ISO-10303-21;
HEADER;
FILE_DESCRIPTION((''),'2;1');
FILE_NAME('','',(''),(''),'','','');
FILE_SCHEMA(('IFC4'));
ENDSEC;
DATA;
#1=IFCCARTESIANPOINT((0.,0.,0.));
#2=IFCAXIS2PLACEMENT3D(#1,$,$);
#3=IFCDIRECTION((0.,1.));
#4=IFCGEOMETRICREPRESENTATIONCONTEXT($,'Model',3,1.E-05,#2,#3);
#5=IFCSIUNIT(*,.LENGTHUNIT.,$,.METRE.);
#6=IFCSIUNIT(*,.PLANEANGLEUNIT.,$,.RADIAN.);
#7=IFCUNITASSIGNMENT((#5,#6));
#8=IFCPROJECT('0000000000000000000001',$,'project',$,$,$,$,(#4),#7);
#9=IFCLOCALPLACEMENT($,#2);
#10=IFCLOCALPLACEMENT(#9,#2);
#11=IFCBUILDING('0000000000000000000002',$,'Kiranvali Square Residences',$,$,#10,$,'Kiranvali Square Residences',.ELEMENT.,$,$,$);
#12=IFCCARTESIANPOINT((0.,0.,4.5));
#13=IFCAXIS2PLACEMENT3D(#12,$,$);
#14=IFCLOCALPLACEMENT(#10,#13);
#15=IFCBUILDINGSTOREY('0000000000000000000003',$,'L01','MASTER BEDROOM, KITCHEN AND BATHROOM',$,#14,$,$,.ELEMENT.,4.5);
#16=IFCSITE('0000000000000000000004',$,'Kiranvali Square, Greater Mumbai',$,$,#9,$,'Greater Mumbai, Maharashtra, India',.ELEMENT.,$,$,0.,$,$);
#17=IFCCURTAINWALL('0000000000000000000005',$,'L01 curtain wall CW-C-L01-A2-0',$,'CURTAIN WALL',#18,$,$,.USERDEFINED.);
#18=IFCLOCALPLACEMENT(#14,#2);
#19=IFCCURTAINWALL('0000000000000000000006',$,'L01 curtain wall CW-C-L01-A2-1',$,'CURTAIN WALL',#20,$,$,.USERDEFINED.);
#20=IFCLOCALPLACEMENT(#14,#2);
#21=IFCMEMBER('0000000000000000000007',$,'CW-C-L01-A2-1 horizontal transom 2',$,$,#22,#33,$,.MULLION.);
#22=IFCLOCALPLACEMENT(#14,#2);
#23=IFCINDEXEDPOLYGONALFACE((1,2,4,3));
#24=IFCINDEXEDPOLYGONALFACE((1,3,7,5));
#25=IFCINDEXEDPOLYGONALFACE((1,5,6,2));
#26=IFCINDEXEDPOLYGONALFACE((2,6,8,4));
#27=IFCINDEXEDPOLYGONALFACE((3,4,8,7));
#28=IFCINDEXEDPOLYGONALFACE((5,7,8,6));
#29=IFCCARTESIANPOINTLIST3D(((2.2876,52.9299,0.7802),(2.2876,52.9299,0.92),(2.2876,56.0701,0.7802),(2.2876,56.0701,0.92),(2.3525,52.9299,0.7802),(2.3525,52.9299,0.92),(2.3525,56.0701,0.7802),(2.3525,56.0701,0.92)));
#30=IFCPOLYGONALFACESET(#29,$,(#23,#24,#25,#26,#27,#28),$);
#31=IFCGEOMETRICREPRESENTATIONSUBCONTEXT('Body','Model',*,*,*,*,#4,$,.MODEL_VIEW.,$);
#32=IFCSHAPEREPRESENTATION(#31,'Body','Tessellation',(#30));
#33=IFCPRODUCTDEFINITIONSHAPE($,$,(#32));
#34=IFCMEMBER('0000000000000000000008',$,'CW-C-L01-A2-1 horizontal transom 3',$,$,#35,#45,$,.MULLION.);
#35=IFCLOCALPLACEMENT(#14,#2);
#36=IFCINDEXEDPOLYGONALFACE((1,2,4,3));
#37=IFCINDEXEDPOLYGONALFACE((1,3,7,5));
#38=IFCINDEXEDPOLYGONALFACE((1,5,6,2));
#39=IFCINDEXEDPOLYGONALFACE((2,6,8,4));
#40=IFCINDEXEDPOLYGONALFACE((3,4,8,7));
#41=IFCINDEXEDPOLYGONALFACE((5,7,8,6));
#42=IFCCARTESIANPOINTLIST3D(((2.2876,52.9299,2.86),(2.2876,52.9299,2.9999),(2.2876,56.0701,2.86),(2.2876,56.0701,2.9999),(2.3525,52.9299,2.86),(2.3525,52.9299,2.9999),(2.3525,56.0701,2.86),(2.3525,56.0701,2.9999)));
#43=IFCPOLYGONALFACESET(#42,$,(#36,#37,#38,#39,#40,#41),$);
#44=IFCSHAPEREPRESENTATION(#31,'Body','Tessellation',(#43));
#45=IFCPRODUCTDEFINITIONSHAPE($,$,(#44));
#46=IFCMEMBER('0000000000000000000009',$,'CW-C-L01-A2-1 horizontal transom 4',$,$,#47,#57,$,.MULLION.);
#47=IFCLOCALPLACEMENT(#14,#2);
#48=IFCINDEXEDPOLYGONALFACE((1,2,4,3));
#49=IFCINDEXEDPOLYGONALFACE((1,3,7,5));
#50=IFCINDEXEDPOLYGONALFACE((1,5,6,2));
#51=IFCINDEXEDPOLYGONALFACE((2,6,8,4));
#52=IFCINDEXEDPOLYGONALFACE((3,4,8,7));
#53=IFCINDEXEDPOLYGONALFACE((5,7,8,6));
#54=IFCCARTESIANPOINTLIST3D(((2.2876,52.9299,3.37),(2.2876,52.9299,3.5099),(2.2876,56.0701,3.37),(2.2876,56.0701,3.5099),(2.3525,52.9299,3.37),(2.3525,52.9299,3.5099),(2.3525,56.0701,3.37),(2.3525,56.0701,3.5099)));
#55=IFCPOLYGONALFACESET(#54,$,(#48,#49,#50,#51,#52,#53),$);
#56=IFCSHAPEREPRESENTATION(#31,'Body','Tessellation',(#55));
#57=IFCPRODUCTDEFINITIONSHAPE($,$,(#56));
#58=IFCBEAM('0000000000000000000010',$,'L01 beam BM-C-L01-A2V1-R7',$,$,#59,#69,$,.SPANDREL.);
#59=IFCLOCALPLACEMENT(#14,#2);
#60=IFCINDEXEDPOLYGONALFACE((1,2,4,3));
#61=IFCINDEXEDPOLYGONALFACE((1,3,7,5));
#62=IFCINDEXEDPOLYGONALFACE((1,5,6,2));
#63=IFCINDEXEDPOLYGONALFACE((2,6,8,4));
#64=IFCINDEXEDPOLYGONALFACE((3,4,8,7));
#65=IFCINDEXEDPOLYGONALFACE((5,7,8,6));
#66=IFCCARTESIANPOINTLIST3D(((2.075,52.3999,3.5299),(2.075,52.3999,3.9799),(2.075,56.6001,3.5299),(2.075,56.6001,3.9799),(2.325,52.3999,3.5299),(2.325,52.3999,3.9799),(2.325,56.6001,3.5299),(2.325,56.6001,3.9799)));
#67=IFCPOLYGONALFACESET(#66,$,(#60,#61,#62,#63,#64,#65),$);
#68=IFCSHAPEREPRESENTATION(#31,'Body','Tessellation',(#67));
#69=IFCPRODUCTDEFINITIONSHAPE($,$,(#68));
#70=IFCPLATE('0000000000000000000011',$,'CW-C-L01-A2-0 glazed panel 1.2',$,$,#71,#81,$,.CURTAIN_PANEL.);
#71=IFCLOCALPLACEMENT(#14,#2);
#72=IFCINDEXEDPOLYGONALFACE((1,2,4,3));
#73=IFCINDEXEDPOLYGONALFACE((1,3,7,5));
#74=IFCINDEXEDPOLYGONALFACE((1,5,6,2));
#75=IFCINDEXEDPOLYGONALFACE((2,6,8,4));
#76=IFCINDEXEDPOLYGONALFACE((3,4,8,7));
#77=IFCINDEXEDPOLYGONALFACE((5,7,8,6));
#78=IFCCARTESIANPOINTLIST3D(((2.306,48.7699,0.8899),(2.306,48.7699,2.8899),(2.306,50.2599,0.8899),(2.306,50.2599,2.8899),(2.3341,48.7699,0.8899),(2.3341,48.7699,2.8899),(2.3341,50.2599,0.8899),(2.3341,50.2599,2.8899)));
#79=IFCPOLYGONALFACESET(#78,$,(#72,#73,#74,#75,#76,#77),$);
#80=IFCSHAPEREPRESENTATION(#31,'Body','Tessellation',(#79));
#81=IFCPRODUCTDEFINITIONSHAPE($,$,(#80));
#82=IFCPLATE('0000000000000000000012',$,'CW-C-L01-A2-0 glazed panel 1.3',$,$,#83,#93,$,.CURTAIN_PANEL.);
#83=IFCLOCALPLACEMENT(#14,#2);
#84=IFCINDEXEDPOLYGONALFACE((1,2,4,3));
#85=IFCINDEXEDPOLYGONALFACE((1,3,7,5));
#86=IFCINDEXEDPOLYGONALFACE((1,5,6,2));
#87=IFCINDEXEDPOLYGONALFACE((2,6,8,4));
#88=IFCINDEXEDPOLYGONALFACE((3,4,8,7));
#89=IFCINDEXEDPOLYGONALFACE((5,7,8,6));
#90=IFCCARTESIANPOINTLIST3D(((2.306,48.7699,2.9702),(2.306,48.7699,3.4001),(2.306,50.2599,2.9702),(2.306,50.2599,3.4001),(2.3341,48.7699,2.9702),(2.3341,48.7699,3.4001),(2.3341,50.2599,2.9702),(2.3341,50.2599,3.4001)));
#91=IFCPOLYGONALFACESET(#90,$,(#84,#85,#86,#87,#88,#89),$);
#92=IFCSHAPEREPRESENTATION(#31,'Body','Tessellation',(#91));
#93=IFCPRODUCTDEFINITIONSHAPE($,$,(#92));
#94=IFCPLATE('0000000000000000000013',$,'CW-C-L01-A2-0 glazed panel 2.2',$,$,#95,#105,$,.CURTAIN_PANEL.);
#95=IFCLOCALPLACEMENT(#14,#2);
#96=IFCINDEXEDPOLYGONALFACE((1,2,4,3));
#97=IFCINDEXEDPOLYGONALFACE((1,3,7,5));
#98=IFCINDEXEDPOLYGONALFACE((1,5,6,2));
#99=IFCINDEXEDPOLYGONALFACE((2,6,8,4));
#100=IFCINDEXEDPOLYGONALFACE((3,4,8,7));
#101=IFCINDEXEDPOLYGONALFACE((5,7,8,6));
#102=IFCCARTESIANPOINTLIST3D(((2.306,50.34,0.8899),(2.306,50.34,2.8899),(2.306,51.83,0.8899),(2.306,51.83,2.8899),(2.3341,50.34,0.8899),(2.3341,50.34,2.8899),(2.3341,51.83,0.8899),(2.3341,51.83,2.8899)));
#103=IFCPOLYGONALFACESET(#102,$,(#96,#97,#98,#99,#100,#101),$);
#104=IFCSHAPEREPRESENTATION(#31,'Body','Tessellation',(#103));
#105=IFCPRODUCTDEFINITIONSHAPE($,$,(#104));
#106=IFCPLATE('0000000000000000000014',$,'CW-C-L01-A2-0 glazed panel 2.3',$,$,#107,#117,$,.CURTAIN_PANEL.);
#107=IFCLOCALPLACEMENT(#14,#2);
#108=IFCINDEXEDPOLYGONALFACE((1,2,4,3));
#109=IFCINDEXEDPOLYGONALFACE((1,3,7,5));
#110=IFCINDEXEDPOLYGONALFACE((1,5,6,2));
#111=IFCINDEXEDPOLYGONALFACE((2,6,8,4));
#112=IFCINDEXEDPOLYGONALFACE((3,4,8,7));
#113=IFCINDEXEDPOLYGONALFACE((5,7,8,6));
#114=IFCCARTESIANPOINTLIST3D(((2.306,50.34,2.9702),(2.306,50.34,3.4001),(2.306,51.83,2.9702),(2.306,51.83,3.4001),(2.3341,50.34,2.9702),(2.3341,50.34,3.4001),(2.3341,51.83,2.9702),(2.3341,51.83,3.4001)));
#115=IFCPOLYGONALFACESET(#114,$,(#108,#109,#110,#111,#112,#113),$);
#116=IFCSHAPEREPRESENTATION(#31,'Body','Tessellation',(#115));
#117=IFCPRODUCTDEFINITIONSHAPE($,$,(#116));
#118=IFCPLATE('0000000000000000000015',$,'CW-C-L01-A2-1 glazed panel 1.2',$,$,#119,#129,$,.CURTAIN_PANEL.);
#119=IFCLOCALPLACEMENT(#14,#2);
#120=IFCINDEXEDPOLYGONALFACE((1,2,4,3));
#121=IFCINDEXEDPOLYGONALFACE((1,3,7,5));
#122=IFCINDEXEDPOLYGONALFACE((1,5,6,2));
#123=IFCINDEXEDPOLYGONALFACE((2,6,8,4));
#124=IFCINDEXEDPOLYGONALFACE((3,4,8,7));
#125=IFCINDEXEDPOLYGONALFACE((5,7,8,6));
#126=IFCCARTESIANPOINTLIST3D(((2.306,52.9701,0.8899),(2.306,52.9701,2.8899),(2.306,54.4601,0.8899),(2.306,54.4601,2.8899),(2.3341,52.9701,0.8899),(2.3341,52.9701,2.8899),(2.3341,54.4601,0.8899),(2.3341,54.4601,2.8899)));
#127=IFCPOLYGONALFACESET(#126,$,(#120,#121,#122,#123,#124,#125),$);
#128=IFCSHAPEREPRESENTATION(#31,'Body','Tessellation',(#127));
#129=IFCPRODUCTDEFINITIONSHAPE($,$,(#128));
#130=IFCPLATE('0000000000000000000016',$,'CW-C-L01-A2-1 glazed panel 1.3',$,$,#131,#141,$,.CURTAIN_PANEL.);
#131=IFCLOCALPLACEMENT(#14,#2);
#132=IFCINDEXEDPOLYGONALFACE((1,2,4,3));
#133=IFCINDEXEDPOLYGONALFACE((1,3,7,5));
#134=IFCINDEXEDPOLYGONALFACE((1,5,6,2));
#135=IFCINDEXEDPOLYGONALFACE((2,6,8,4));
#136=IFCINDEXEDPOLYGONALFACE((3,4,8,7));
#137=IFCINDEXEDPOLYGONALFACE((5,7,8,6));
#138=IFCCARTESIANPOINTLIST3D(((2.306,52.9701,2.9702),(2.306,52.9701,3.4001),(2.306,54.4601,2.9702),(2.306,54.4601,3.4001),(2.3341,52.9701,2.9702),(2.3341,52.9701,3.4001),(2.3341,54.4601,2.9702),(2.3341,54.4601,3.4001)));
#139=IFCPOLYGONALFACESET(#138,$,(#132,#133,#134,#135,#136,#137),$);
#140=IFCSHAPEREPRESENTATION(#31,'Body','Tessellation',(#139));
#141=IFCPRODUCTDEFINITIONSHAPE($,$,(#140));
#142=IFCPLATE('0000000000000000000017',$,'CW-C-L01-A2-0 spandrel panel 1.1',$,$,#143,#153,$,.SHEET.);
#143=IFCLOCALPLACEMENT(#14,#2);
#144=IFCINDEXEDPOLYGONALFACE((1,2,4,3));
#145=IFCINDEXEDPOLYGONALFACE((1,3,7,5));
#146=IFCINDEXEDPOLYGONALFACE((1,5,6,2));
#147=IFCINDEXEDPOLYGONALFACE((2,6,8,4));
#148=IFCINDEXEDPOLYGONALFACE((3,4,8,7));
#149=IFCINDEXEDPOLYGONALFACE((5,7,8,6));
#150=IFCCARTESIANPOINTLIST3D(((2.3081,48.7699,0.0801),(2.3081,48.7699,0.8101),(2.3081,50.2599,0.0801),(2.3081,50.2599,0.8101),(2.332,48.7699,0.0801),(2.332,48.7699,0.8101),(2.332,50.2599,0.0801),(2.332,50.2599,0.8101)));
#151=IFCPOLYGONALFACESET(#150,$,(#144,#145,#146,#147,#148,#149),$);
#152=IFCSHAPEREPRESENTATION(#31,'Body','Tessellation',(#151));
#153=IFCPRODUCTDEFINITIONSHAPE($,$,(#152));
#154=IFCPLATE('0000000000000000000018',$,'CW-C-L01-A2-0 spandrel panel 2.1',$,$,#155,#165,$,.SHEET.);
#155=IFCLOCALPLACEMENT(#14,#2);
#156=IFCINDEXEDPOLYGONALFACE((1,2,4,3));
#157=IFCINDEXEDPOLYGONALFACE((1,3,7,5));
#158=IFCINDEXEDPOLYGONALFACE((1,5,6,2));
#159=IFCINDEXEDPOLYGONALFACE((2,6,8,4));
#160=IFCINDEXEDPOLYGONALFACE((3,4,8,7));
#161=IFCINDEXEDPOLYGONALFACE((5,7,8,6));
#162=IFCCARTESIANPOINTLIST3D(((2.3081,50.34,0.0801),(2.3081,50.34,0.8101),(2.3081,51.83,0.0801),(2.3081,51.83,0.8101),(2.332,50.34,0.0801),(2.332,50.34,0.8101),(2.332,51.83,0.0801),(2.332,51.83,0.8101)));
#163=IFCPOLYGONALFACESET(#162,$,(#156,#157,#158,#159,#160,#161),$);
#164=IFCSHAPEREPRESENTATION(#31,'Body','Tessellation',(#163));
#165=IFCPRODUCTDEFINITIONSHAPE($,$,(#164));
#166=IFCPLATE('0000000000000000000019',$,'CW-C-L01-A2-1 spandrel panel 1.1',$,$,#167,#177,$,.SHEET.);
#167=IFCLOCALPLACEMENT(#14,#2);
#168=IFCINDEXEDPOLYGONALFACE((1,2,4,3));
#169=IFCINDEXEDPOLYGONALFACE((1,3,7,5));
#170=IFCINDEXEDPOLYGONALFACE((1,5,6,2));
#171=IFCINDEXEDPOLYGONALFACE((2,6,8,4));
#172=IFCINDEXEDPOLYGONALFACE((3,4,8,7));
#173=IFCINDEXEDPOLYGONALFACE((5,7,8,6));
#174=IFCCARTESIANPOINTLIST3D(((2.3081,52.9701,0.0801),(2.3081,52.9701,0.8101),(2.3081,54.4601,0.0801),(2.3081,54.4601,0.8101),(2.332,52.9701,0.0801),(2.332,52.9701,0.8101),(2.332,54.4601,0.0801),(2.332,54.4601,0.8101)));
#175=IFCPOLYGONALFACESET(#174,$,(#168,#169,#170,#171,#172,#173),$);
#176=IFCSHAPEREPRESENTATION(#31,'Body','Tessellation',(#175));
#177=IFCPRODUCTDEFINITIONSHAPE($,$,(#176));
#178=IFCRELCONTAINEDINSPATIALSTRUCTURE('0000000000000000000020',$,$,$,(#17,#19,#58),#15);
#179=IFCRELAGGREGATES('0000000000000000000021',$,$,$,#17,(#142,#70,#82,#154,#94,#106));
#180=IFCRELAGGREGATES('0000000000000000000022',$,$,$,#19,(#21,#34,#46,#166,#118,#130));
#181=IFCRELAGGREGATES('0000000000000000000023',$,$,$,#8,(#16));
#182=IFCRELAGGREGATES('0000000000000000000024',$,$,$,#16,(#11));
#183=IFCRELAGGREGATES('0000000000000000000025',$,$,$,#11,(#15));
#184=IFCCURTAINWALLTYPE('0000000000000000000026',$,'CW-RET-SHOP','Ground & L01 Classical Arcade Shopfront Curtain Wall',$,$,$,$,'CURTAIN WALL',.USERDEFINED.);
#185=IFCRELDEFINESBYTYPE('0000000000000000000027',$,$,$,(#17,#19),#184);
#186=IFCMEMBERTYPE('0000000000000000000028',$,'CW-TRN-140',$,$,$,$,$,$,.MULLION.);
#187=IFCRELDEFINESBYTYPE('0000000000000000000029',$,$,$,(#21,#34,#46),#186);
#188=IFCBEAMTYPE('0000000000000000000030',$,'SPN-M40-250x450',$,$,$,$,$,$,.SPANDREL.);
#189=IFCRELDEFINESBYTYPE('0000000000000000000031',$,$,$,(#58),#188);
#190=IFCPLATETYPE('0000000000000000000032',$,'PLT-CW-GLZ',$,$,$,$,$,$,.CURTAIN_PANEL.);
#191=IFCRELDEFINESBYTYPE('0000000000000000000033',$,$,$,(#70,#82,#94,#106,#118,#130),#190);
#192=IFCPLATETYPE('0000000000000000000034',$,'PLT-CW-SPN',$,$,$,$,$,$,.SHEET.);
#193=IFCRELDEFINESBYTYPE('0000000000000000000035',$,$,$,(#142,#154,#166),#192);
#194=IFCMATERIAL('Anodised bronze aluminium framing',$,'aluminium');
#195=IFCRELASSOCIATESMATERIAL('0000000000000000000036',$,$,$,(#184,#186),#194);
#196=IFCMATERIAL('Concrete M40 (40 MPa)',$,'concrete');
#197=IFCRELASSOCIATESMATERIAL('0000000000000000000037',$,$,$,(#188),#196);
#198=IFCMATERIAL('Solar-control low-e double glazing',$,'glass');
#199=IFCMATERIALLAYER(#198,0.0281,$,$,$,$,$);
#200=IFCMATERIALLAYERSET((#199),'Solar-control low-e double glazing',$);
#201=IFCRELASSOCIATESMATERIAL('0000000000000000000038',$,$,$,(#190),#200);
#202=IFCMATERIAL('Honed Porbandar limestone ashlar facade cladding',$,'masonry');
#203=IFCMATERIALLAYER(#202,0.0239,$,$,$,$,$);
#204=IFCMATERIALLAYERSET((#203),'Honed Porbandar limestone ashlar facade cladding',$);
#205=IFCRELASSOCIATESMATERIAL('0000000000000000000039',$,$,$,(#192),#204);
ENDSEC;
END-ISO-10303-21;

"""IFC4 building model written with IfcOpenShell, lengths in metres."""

from ifc_helpers import new_model, si_unit, direction, frame, origin, origin_2d, place, context, subcontext, project, spatial, rectangle, extrude, material, layer, layer_set, material_profile, profile_set, type_object, element, aggregate, save


model = new_model("IFC4")

# Units and contexts
model_context = context("Model", 3, precision=1e-05, world=origin(), true_north=direction((0.0, 1.0)))
body_context = subcontext(model_context, "Body", "Model", "MODEL_VIEW")
ifc_project = project(units=[si_unit("LENGTHUNIT", "METRE"), si_unit("PLANEANGLEUNIT", "RADIAN")], contexts=[model_context])

# Site, building, storey
site_placement = place(None, origin())
site = spatial("IfcSite", under=ifc_project, at=site_placement, Name="Kiranvali Square, Greater Mumbai", LongName="Greater Mumbai, Maharashtra, India", CompositionType="ELEMENT", RefElevation=0.0)
building_placement = place(site_placement, origin())
building = spatial("IfcBuilding", under=site, at=building_placement, Name="Kiranvali Square Residences", LongName="Kiranvali Square Residences", CompositionType="ELEMENT")
storey_placement = place(building_placement, frame((0.0, 0.0, 4.5)))
storey = spatial("IfcBuildingStorey", under=building, at=storey_placement, Name="L01", Description="MASTER BEDROOM, KITCHEN AND BATHROOM", CompositionType="ELEMENT", Elevation=4.5)

# Shared definitions
ifc_material_1 = material(Name="Concrete M40 (40 MPa)", Category="concrete")

# Curtain walls, members
ifc_material_2 = material(Name="Anodised bronze aluminium framing", Category="aluminium")
curtain_wall_type = type_object("IfcCurtainWallType", Name="CW-RET-SHOP", Description="Ground & L01 Classical Arcade Shopfront Curtain Wall", ElementType="CURTAIN WALL", PredefinedType="USERDEFINED", material=ifc_material_2)
curtain_wall_1_placement = place(storey_placement, origin())
curtain_wall_1 = element("IfcCurtainWall", 1, at=curtain_wall_1_placement, inside=storey, type_object=curtain_wall_type, Name="L01 curtain wall CW-C-L01-A2-0", ObjectType="CURTAIN WALL", PredefinedType="USERDEFINED")
curtain_wall_2_placement = place(storey_placement, origin())
curtain_wall_2 = element("IfcCurtainWall", 2, at=curtain_wall_2_placement, inside=storey, type_object=curtain_wall_type, Name="L01 curtain wall CW-C-L01-A2-1", ObjectType="CURTAIN WALL", PredefinedType="USERDEFINED")
ifc_material_profile_1 = material_profile(ifc_material_2, rectangle(XDim=0.0649, YDim=0.1399, at=origin_2d()), Name="ALU 65x140")
ifc_profile_set_1 = profile_set([ifc_material_profile_1], Name="Anodised bronze aluminium framing")
member_type_1 = type_object("IfcMemberType", Name="CW-TRN-140", PredefinedType="MULLION", material=ifc_profile_set_1)
member_1_placement = place(storey_placement, frame((2.3201, 52.9299, 0.8501), z_axis=(0.0, 1.0, 0.0), x_axis=(-1.0, 0.0, 0.0)))
member_1 = element("IfcMember", 3, at=member_1_placement, type_object=member_type_1, Name="CW-C-L01-A2-1 horizontal transom 2", PredefinedType="MULLION", context=body_context, shape_type="SweptSolid", body=[
    extrude(rectangle(XDim=0.0649, YDim=0.1399, at=origin_2d()), origin(), (0.0, 0.0, 1.0), 3.1401),
])
member_2_placement = place(storey_placement, frame((2.3201, 52.9299, 2.9299), z_axis=(0.0, 1.0, 0.0), x_axis=(-1.0, 0.0, 0.0)))
member_2 = element("IfcMember", 4, at=member_2_placement, type_object=member_type_1, Name="CW-C-L01-A2-1 horizontal transom 3", PredefinedType="MULLION", context=body_context, shape_type="SweptSolid", body=[
    extrude(rectangle(XDim=0.0649, YDim=0.1399, at=origin_2d()), origin(), (0.0, 0.0, 1.0), 3.1401),
])
member_3_placement = place(storey_placement, frame((2.3201, 52.9299, 3.4399), z_axis=(0.0, 1.0, 0.0), x_axis=(-1.0, 0.0, 0.0)))
member_3 = element("IfcMember", 5, at=member_3_placement, type_object=member_type_1, Name="CW-C-L01-A2-1 horizontal transom 4", PredefinedType="MULLION", context=body_context, shape_type="SweptSolid", body=[
    extrude(rectangle(XDim=0.0649, YDim=0.1399, at=origin_2d()), origin(), (0.0, 0.0, 1.0), 3.1401),
])

# Beam
ifc_material_profile_2 = material_profile(ifc_material_1, rectangle(XDim=0.25, YDim=0.45, at=origin_2d()), Name="RC 250x450")
ifc_profile_set_2 = profile_set([ifc_material_profile_2], Name="Concrete M40 (40 MPa)")
beam_type_1 = type_object("IfcBeamType", Name="SPN-M40-250x450", PredefinedType="SPANDREL", material=ifc_profile_set_2)
beam_placement = place(storey_placement, frame((2.2, 52.3999, 3.7549), z_axis=(0.0, 1.0, 0.0), x_axis=(-1.0, 0.0, 0.0)))
element("IfcBeam", 6, at=beam_placement, inside=storey, type_object=beam_type_1, Name="L01 beam BM-C-L01-A2V1-R7", PredefinedType="SPANDREL", context=body_context, shape_type="SweptSolid", body=[
    extrude(rectangle(XDim=0.25, YDim=0.45, at=origin_2d()), origin(), (0.0, 0.0, 1.0), 4.2002),
])

# Plates
ifc_material_3 = material(Name="Solar-control low-e double glazing", Category="glass")
ifc_layer_1 = layer(ifc_material_3, 0.0281)
ifc_layer_set_1 = layer_set([ifc_layer_1], Name="Solar-control low-e double glazing")
plate_type_1 = type_object("IfcPlateType", Name="PLT-CW-GLZ", PredefinedType="CURTAIN_PANEL", material=ifc_layer_set_1)
plate_1_placement = place(storey_placement, frame((2.3201, 49.5149, 0.8899), z_axis=(0.0, 0.0, 1.0), x_axis=(0.0, 1.0, 0.0)))
plate_1 = element("IfcPlate", 7, at=plate_1_placement, type_object=plate_type_1, Name="CW-C-L01-A2-0 glazed panel 1.2", PredefinedType="CURTAIN_PANEL", context=body_context, shape_type="SweptSolid", body=[
    extrude(rectangle(XDim=1.49, YDim=0.0281, at=origin_2d()), origin(), (0.0, 0.0, 1.0), 2.0),
])
plate_2_placement = place(storey_placement, frame((2.3201, 49.5149, 2.9702), z_axis=(0.0, 0.0, 1.0), x_axis=(0.0, 1.0, 0.0)))
plate_2 = element("IfcPlate", 8, at=plate_2_placement, type_object=plate_type_1, Name="CW-C-L01-A2-0 glazed panel 1.3", PredefinedType="CURTAIN_PANEL", context=body_context, shape_type="SweptSolid", body=[
    extrude(rectangle(XDim=1.49, YDim=0.0281, at=origin_2d()), origin(), (0.0, 0.0, 1.0), 0.4299),
])
plate_3_placement = place(storey_placement, frame((2.3201, 51.085, 0.8899), z_axis=(0.0, 0.0, 1.0), x_axis=(0.0, 1.0, 0.0)))
plate_3 = element("IfcPlate", 9, at=plate_3_placement, type_object=plate_type_1, Name="CW-C-L01-A2-0 glazed panel 2.2", PredefinedType="CURTAIN_PANEL", context=body_context, shape_type="SweptSolid", body=[
    extrude(rectangle(XDim=1.49, YDim=0.0281, at=origin_2d()), origin(), (0.0, 0.0, 1.0), 2.0),
])
plate_4_placement = place(storey_placement, frame((2.3201, 51.085, 2.9702), z_axis=(0.0, 0.0, 1.0), x_axis=(0.0, 1.0, 0.0)))
plate_4 = element("IfcPlate", 10, at=plate_4_placement, type_object=plate_type_1, Name="CW-C-L01-A2-0 glazed panel 2.3", PredefinedType="CURTAIN_PANEL", context=body_context, shape_type="SweptSolid", body=[
    extrude(rectangle(XDim=1.49, YDim=0.0281, at=origin_2d()), origin(), (0.0, 0.0, 1.0), 0.4299),
])
plate_5_placement = place(storey_placement, frame((2.3201, 53.7151, 0.8899), z_axis=(0.0, 0.0, 1.0), x_axis=(0.0, 1.0, 0.0)))
plate_5 = element("IfcPlate", 11, at=plate_5_placement, type_object=plate_type_1, Name="CW-C-L01-A2-1 glazed panel 1.2", PredefinedType="CURTAIN_PANEL", context=body_context, shape_type="SweptSolid", body=[
    extrude(rectangle(XDim=1.49, YDim=0.0281, at=origin_2d()), origin(), (0.0, 0.0, 1.0), 2.0),
])
plate_6_placement = place(storey_placement, frame((2.3201, 53.7151, 2.9702), z_axis=(0.0, 0.0, 1.0), x_axis=(0.0, 1.0, 0.0)))
plate_6 = element("IfcPlate", 12, at=plate_6_placement, type_object=plate_type_1, Name="CW-C-L01-A2-1 glazed panel 1.3", PredefinedType="CURTAIN_PANEL", context=body_context, shape_type="SweptSolid", body=[
    extrude(rectangle(XDim=1.49, YDim=0.0281, at=origin_2d()), origin(), (0.0, 0.0, 1.0), 0.4299),
])
ifc_material_4 = material(Name="Honed Porbandar limestone ashlar facade cladding", Category="masonry")
ifc_layer_2 = layer(ifc_material_4, 0.0239)
ifc_layer_set_2 = layer_set([ifc_layer_2], Name="Honed Porbandar limestone ashlar facade cladding")
plate_type_2 = type_object("IfcPlateType", Name="PLT-CW-SPN", PredefinedType="SHEET", material=ifc_layer_set_2)
plate_7_placement = place(storey_placement, frame((2.3201, 49.5149, 0.0801), z_axis=(0.0, 0.0, 1.0), x_axis=(0.0, 1.0, 0.0)))
plate_7 = element("IfcPlate", 13, at=plate_7_placement, type_object=plate_type_2, Name="CW-C-L01-A2-0 spandrel panel 1.1", PredefinedType="SHEET", context=body_context, shape_type="SweptSolid", body=[
    extrude(rectangle(XDim=1.49, YDim=0.0239, at=origin_2d()), origin(), (0.0, 0.0, 1.0), 0.73),
])
plate_8_placement = place(storey_placement, frame((2.3201, 51.085, 0.0801), z_axis=(0.0, 0.0, 1.0), x_axis=(0.0, 1.0, 0.0)))
plate_8 = element("IfcPlate", 14, at=plate_8_placement, type_object=plate_type_2, Name="CW-C-L01-A2-0 spandrel panel 2.1", PredefinedType="SHEET", context=body_context, shape_type="SweptSolid", body=[
    extrude(rectangle(XDim=1.49, YDim=0.0239, at=origin_2d()), origin(), (0.0, 0.0, 1.0), 0.73),
])
aggregate(curtain_wall_1, [plate_7, plate_1, plate_2, plate_8, plate_3, plate_4])
plate_9_placement = place(storey_placement, frame((2.3201, 53.7151, 0.0801), z_axis=(0.0, 0.0, 1.0), x_axis=(0.0, 1.0, 0.0)))
plate_9 = element("IfcPlate", 15, at=plate_9_placement, type_object=plate_type_2, Name="CW-C-L01-A2-1 spandrel panel 1.1", PredefinedType="SHEET", context=body_context, shape_type="SweptSolid", body=[
    extrude(rectangle(XDim=1.49, YDim=0.0239, at=origin_2d()), origin(), (0.0, 0.0, 1.0), 0.73),
])
aggregate(curtain_wall_2, [member_1, member_2, member_3, plate_9, plate_5, plate_6])

save(model, "model.ifc")
